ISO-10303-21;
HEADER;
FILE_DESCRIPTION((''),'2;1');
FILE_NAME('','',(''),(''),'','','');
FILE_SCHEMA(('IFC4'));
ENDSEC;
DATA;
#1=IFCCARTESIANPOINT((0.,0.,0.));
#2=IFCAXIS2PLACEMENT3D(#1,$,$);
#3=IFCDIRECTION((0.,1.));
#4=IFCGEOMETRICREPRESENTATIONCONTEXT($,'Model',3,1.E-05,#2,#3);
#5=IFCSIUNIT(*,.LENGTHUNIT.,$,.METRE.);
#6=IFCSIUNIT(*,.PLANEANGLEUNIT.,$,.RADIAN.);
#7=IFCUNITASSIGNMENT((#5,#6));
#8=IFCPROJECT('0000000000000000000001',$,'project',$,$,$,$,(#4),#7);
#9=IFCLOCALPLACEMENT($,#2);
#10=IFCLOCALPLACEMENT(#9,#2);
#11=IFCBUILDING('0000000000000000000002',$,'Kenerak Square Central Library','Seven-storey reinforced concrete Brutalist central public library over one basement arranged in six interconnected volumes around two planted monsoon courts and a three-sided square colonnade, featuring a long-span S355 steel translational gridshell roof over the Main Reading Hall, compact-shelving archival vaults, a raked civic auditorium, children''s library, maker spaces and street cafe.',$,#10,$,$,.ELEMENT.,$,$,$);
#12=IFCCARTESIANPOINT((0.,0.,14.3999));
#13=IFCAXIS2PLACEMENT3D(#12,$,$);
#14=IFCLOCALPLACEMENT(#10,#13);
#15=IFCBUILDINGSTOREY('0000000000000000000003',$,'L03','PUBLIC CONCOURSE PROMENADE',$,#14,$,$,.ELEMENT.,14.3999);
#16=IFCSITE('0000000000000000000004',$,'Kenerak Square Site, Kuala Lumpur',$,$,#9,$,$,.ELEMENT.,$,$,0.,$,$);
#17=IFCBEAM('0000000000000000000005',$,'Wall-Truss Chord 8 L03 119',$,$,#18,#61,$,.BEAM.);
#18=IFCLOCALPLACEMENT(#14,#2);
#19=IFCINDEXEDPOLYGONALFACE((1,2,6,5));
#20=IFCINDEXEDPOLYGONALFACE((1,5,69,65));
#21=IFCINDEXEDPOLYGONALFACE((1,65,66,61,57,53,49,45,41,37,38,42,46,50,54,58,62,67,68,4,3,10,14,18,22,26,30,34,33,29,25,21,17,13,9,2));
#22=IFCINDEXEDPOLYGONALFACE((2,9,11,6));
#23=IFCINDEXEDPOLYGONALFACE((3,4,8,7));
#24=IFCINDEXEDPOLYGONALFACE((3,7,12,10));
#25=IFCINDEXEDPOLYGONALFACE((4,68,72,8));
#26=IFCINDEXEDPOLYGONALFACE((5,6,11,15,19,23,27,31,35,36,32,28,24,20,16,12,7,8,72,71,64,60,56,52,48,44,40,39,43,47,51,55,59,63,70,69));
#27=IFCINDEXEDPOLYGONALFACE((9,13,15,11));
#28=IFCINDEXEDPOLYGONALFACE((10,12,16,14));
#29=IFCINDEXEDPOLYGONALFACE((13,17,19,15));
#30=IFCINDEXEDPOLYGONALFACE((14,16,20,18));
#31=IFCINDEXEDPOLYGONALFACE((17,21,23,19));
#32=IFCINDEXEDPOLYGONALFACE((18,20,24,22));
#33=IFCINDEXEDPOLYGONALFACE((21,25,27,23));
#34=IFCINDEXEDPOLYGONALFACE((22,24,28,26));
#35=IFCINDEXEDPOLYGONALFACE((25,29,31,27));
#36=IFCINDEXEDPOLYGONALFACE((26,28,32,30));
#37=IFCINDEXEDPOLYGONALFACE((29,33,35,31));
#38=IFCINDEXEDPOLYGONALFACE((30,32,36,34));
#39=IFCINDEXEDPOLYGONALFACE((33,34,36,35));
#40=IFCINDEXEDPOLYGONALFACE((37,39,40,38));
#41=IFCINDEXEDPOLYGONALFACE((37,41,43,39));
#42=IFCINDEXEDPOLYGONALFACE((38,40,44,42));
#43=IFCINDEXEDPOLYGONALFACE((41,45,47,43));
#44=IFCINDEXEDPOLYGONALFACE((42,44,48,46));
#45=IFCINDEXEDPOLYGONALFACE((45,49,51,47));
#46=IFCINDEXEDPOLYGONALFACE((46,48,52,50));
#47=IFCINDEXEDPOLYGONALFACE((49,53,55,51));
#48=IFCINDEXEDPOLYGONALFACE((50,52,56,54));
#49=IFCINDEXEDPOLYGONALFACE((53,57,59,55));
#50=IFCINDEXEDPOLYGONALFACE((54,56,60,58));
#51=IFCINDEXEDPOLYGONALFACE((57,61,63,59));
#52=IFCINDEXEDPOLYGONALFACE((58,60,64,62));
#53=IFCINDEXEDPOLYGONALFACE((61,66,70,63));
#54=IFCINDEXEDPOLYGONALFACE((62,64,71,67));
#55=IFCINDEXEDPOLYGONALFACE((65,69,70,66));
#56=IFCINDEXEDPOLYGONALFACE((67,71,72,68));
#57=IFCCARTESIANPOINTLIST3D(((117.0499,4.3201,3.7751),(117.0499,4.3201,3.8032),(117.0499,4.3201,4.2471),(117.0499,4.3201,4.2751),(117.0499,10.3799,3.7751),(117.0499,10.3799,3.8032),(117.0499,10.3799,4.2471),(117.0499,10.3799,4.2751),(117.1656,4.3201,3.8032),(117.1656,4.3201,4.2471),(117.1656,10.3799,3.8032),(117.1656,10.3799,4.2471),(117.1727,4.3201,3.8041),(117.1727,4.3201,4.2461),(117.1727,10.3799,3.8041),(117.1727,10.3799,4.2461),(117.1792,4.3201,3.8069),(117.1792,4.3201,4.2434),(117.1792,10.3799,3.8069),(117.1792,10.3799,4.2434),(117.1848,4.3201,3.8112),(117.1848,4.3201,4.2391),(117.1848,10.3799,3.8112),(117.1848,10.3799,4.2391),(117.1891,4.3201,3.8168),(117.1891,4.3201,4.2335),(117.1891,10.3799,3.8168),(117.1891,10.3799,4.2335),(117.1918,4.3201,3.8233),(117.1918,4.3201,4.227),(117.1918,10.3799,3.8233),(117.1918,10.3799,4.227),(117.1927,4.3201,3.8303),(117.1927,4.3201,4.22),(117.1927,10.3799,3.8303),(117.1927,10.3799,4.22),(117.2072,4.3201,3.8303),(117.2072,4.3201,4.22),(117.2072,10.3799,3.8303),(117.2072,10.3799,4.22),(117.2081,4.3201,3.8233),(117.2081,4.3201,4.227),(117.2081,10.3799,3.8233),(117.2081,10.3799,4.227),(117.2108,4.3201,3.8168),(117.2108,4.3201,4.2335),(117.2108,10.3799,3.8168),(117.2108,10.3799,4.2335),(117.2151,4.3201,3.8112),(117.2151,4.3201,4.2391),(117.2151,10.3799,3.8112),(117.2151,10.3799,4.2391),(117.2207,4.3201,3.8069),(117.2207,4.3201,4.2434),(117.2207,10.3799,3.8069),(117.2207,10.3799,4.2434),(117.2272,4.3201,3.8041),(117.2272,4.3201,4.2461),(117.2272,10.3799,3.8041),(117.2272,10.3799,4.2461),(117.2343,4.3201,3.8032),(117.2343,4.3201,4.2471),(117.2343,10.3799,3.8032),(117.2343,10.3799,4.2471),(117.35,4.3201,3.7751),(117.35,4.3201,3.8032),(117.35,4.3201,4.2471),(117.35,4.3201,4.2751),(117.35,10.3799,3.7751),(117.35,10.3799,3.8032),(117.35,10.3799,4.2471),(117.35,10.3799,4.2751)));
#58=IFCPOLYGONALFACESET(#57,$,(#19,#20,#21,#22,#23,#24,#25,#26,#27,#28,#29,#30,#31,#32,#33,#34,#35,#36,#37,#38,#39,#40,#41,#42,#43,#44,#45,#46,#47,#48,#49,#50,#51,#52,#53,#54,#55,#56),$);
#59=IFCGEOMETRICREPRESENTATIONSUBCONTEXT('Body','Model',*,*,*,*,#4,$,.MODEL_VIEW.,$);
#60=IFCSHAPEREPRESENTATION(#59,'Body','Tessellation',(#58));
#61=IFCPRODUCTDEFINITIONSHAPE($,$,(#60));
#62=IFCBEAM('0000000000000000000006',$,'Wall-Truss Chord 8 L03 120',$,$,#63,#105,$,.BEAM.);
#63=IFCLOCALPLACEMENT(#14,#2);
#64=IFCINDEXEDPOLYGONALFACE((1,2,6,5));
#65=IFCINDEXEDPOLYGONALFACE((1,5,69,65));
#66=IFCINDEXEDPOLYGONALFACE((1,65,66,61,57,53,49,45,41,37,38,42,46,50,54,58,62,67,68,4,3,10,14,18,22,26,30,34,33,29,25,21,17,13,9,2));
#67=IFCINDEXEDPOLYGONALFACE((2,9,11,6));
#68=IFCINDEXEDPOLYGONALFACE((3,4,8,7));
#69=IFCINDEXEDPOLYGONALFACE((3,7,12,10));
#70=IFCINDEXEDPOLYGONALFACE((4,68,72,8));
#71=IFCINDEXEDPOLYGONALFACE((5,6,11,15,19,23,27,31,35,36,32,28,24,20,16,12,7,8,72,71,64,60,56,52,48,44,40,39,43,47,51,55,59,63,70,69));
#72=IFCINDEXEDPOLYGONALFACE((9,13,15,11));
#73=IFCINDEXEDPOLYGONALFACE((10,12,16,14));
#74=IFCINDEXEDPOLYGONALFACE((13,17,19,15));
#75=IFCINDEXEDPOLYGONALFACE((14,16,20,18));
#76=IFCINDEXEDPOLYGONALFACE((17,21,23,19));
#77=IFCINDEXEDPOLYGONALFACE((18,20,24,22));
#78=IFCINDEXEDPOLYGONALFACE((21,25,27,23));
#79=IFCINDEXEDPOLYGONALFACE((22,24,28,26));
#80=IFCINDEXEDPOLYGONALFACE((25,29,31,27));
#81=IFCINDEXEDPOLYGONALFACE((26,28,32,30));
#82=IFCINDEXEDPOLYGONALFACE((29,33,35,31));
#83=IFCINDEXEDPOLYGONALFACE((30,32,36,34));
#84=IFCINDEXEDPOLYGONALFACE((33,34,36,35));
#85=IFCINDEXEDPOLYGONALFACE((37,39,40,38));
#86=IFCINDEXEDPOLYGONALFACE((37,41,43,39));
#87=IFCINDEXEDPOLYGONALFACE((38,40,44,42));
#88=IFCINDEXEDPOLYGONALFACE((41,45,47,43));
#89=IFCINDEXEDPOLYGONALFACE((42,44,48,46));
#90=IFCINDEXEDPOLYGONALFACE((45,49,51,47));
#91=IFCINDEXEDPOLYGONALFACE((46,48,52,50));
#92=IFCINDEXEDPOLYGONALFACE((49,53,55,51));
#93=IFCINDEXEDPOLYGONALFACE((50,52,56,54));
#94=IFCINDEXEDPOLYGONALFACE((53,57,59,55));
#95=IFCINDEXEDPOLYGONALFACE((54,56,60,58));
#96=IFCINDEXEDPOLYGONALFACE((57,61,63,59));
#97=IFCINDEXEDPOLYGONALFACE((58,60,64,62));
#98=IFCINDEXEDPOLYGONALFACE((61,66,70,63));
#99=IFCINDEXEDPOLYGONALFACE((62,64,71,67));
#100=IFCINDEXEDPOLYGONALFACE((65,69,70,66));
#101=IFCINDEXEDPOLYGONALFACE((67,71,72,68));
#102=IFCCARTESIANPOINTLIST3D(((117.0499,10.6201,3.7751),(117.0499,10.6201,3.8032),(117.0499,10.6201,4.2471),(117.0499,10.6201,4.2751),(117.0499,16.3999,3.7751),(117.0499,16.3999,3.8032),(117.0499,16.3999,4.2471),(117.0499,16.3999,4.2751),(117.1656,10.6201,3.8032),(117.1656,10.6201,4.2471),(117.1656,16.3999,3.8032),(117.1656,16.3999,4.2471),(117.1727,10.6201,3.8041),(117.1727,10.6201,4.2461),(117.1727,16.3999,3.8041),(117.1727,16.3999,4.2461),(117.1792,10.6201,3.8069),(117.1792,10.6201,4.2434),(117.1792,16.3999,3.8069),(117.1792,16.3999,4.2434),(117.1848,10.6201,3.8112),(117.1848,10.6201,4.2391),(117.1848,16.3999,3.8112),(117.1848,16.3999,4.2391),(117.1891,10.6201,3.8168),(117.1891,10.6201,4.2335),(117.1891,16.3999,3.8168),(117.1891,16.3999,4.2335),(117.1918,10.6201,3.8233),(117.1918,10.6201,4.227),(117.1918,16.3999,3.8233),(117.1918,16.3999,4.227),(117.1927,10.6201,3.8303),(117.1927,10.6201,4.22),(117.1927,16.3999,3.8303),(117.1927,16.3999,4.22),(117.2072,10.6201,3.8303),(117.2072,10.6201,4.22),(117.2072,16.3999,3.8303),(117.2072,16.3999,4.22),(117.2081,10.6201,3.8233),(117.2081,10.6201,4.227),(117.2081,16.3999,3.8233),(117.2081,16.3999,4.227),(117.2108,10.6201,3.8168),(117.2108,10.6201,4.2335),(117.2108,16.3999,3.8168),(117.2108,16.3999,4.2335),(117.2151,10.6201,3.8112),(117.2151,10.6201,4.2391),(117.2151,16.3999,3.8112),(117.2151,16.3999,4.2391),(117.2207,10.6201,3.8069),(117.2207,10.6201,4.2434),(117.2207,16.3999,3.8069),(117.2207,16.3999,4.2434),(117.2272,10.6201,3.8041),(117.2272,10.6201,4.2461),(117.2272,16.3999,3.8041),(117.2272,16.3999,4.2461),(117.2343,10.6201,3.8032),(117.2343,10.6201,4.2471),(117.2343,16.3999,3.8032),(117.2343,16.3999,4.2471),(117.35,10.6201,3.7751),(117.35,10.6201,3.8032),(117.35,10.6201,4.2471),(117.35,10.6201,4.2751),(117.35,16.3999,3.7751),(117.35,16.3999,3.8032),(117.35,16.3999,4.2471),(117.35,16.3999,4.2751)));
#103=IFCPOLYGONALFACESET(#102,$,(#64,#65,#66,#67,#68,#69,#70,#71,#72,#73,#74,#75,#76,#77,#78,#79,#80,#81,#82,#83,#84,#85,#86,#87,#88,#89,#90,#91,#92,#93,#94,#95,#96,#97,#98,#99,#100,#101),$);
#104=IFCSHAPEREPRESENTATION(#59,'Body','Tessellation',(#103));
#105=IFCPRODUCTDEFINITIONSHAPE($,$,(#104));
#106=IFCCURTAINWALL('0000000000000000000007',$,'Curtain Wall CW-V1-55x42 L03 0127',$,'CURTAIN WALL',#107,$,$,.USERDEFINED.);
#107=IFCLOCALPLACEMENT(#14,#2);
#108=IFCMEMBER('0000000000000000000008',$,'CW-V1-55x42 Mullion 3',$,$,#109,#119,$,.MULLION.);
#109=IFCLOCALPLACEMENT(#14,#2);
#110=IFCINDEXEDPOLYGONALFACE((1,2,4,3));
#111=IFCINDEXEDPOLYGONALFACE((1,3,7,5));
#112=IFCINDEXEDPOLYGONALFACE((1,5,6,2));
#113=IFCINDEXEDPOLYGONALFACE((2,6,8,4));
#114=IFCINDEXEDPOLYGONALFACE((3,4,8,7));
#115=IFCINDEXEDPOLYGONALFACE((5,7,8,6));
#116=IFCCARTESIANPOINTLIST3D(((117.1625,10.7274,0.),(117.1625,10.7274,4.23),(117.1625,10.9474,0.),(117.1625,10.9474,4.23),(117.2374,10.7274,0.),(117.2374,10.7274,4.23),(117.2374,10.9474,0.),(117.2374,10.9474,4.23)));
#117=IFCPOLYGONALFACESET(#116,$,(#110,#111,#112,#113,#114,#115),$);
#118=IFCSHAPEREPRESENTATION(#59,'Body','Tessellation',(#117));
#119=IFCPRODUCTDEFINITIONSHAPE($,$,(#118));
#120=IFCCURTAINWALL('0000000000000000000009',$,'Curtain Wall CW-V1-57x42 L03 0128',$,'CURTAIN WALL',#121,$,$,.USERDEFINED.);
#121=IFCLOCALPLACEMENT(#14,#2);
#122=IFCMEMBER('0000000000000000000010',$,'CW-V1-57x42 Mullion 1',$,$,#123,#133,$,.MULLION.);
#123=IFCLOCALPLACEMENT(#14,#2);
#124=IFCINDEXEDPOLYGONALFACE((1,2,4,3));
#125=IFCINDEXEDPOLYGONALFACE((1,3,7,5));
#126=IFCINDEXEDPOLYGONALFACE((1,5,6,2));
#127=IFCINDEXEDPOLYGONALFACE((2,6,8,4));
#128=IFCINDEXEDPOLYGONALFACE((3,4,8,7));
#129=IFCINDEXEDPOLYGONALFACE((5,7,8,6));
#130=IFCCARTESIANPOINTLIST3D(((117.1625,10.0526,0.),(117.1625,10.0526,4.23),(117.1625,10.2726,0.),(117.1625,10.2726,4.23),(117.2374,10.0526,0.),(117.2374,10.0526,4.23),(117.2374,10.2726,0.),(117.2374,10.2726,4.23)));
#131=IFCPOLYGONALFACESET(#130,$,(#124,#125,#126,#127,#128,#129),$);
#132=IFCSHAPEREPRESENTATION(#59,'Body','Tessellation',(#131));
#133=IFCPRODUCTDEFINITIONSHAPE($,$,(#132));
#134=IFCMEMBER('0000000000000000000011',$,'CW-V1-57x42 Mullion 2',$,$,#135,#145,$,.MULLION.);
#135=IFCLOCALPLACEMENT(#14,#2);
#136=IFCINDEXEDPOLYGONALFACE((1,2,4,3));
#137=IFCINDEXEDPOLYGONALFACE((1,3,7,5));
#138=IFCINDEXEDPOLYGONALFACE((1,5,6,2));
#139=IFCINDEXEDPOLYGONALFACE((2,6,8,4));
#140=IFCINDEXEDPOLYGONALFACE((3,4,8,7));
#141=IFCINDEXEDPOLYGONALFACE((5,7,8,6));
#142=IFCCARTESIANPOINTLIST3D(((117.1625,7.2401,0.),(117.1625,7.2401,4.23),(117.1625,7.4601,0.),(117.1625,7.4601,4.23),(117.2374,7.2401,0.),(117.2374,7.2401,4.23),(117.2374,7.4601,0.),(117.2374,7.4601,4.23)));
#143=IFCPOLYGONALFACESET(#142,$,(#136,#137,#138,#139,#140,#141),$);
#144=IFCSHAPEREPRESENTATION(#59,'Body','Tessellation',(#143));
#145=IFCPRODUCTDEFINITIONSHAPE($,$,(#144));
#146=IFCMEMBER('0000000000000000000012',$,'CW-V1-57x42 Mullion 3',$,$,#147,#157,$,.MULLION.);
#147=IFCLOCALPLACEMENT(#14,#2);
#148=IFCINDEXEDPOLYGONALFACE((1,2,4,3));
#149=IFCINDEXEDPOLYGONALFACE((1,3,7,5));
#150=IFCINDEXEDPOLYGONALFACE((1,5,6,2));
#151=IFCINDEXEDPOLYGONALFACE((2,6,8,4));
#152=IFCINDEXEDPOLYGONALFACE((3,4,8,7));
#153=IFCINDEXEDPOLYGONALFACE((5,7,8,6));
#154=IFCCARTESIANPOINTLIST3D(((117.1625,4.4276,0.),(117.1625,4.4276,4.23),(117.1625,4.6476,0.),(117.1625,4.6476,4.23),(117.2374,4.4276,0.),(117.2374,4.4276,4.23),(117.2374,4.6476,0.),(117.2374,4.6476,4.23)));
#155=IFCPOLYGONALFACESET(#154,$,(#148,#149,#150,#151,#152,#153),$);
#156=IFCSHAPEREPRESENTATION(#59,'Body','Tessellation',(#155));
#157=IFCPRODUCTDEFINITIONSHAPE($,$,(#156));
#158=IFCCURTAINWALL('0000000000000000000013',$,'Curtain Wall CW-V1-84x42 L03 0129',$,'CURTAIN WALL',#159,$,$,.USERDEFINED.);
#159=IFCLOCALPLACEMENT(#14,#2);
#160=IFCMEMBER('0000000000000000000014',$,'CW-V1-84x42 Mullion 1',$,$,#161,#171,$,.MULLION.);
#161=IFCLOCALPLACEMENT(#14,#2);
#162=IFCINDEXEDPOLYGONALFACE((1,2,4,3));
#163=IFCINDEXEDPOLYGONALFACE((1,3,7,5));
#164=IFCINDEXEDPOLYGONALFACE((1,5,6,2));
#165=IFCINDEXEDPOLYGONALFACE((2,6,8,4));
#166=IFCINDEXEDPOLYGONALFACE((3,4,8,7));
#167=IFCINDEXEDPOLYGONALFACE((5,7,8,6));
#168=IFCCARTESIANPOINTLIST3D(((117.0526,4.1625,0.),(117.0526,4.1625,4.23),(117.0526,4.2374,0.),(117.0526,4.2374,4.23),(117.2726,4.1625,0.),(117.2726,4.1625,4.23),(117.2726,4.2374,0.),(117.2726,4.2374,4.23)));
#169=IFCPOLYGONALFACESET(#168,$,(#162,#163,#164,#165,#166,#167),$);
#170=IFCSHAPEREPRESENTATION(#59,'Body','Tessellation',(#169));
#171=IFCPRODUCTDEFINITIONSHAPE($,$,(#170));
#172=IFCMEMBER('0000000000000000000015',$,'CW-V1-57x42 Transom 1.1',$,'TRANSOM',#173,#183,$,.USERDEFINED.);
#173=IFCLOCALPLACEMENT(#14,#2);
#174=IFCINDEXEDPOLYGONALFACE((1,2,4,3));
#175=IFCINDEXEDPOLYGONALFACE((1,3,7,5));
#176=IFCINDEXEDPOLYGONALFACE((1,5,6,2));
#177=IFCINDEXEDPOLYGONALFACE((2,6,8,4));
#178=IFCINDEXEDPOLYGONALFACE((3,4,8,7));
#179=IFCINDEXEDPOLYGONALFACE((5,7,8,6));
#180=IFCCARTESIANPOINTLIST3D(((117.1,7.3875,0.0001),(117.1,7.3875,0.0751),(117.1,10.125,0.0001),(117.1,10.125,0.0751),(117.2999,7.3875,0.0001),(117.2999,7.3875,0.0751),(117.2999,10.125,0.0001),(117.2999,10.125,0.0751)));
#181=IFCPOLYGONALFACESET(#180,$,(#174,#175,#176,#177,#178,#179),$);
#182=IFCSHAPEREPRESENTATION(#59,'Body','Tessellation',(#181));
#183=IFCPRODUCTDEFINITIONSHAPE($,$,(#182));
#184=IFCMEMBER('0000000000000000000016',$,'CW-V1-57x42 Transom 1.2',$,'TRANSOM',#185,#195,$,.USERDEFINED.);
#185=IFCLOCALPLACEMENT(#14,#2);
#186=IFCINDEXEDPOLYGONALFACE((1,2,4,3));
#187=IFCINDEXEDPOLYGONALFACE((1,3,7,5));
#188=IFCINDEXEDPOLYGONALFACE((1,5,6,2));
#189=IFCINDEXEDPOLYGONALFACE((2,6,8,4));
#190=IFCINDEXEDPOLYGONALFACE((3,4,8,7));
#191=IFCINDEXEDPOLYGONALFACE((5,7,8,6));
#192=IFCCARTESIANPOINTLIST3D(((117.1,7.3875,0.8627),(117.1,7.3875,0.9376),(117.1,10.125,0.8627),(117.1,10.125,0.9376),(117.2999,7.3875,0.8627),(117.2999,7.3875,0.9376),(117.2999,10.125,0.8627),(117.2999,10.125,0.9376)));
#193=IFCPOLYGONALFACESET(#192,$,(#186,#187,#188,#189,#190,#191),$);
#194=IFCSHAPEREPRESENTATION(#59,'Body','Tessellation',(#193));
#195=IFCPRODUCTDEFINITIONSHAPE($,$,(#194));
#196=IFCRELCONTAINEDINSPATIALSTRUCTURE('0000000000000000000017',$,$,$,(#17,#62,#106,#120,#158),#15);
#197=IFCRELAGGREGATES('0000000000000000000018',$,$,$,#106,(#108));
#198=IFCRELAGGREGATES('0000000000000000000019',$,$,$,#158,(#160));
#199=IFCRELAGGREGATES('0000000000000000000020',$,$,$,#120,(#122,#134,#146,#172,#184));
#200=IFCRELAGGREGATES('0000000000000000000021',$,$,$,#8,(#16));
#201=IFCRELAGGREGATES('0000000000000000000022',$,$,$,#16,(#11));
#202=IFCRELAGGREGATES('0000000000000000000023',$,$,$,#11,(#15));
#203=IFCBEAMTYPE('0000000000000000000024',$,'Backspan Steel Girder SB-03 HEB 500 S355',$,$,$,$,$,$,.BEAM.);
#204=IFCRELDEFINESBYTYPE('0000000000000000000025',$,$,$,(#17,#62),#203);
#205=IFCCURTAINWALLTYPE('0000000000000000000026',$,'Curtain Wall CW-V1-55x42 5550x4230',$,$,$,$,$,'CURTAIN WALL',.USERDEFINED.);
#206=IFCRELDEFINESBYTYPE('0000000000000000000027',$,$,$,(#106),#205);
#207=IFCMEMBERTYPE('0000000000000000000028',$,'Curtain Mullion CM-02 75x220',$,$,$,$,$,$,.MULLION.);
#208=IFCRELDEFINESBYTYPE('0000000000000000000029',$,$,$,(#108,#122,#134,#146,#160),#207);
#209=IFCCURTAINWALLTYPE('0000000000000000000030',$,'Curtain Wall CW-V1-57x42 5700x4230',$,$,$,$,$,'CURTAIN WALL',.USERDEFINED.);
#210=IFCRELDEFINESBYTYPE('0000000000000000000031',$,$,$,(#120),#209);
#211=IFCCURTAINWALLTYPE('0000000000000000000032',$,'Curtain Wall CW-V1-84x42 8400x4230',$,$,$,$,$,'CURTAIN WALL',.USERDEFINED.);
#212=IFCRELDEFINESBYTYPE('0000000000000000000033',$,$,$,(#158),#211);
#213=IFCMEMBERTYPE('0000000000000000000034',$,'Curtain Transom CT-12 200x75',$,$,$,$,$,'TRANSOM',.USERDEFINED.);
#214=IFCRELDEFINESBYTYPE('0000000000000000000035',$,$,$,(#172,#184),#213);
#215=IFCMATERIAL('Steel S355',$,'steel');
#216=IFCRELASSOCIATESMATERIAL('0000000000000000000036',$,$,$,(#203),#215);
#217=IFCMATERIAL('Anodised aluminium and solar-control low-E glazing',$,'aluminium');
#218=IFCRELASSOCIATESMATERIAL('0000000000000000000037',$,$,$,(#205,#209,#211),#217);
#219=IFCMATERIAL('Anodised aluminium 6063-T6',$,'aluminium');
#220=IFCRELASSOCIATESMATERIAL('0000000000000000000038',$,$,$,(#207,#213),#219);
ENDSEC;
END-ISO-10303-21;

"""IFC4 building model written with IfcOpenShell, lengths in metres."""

from ifc_helpers import new_model, si_unit, direction, frame, origin, origin_2d, place, context, subcontext, project, spatial, rectangle, i_section, extrude, material, material_profile, profile_set, type_object, element, aggregate, save


model = new_model("IFC4")

# Units and contexts
model_context = context("Model", 3, precision=1e-05, world=origin(), true_north=direction((0.0, 1.0)))
body_context = subcontext(model_context, "Body", "Model", "MODEL_VIEW")
ifc_project = project(units=[si_unit("LENGTHUNIT", "METRE"), si_unit("PLANEANGLEUNIT", "RADIAN")], contexts=[model_context])

# Site, building, storey
site_placement = place(None, origin())
site = spatial("IfcSite", under=ifc_project, at=site_placement, Name="Kenerak Square Site, Kuala Lumpur", CompositionType="ELEMENT", RefElevation=0.0)
building_placement = place(site_placement, origin())
building = spatial("IfcBuilding", under=site, at=building_placement, Name="Kenerak Square Central Library", Description="Seven-storey reinforced concrete Brutalist central public library over one basement arranged in six interconnected volumes around two planted monsoon courts and a three-sided square colonnade, featuring a long-span S355 steel translational gridshell roof over the Main Reading Hall, compact-shelving archival vaults, a raked civic auditorium, children's library, maker spaces and street cafe.", CompositionType="ELEMENT")
storey_placement = place(building_placement, frame((0.0, 0.0, 14.3999)))
storey = spatial("IfcBuildingStorey", under=building, at=storey_placement, Name="L03", Description="PUBLIC CONCOURSE PROMENADE", CompositionType="ELEMENT", Elevation=14.3999)

# Beams
ifc_material_1 = material(Name="Steel S355", Category="steel")
ifc_material_profile_1 = material_profile(ifc_material_1, i_section(OverallWidth=0.3, OverallDepth=0.5, WebThickness=0.0144, FlangeThickness=0.0281, FilletRadius=0.0271, at=origin_2d()), Name="HEB 500")
ifc_profile_set_1 = profile_set([ifc_material_profile_1], Name="Steel S355")
beam_type = type_object("IfcBeamType", Name="Backspan Steel Girder SB-03 HEB 500 S355", PredefinedType="BEAM", material=ifc_profile_set_1)
beam_1_placement = place(storey_placement, frame((117.2, 4.3201, 4.0251), z_axis=(0.0, 1.0, 0.0), x_axis=(-1.0, 0.0, 0.0)))
element("IfcBeam", 1, at=beam_1_placement, inside=storey, type_object=beam_type, Name="Wall-Truss Chord 8 L03 119", PredefinedType="BEAM", context=body_context, shape_type="SweptSolid", body=[
    extrude(i_section(OverallWidth=0.3, OverallDepth=0.5, WebThickness=0.0144, FlangeThickness=0.0281, FilletRadius=0.0271, at=origin_2d()), origin(), (0.0, 0.0, 1.0), 6.0598),
])
beam_2_placement = place(storey_placement, frame((117.2, 10.6201, 4.0251), z_axis=(0.0, 1.0, 0.0), x_axis=(-1.0, 0.0, 0.0)))
element("IfcBeam", 2, at=beam_2_placement, inside=storey, type_object=beam_type, Name="Wall-Truss Chord 8 L03 120", PredefinedType="BEAM", context=body_context, shape_type="SweptSolid", body=[
    extrude(i_section(OverallWidth=0.3, OverallDepth=0.5, WebThickness=0.0144, FlangeThickness=0.0281, FilletRadius=0.0271, at=origin_2d()), origin(), (0.0, 0.0, 1.0), 5.7798),
])

# Curtain wall, member
ifc_material_2 = material(Name="Anodised aluminium and solar-control low-E glazing", Category="aluminium")
curtain_wall_type_1 = type_object("IfcCurtainWallType", Name="Curtain Wall CW-V1-55x42 5550x4230", ElementType="CURTAIN WALL", PredefinedType="USERDEFINED", material=ifc_material_2)
curtain_wall_1_placement = place(storey_placement, origin())
curtain_wall_1 = element("IfcCurtainWall", 3, at=curtain_wall_1_placement, inside=storey, type_object=curtain_wall_type_1, Name="Curtain Wall CW-V1-55x42 L03 0127", ObjectType="CURTAIN WALL", PredefinedType="USERDEFINED")
ifc_material_3 = material(Name="Anodised aluminium 6063-T6", Category="aluminium")
ifc_material_profile_2 = material_profile(ifc_material_3, rectangle(XDim=0.075, YDim=0.22, at=origin_2d()), Name="AL MULLION 75x220")
ifc_profile_set_2 = profile_set([ifc_material_profile_2], Name="Anodised aluminium 6063-T6")
member_type_1 = type_object("IfcMemberType", Name="Curtain Mullion CM-02 75x220", PredefinedType="MULLION", material=ifc_profile_set_2)
member_1_placement = place(storey_placement, frame((117.2, 10.8374, 0.0), z_axis=(0.0, 0.0, 1.0), x_axis=(1.0, 0.0, 0.0)))
member_1 = element("IfcMember", 4, at=member_1_placement, type_object=member_type_1, Name="CW-V1-55x42 Mullion 3", PredefinedType="MULLION", context=body_context, shape_type="SweptSolid", body=[
    extrude(rectangle(XDim=0.075, YDim=0.22, at=origin_2d()), origin(), (0.0, 0.0, 1.0), 4.23),
])
aggregate(curtain_wall_1, [member_1])

# Curtain wall, members
curtain_wall_type_2 = type_object("IfcCurtainWallType", Name="Curtain Wall CW-V1-57x42 5700x4230", ElementType="CURTAIN WALL", PredefinedType="USERDEFINED", material=ifc_material_2)
curtain_wall_2_placement = place(storey_placement, origin())
curtain_wall_2 = element("IfcCurtainWall", 5, at=curtain_wall_2_placement, inside=storey, type_object=curtain_wall_type_2, Name="Curtain Wall CW-V1-57x42 L03 0128", ObjectType="CURTAIN WALL", PredefinedType="USERDEFINED")
member_2_placement = place(storey_placement, frame((117.2, 10.1626, 0.0), z_axis=(0.0, 0.0, 1.0), x_axis=(1.0, 0.0, 0.0)))
member_2 = element("IfcMember", 6, at=member_2_placement, type_object=member_type_1, Name="CW-V1-57x42 Mullion 1", PredefinedType="MULLION", context=body_context, shape_type="SweptSolid", body=[
    extrude(rectangle(XDim=0.075, YDim=0.22, at=origin_2d()), origin(), (0.0, 0.0, 1.0), 4.23),
])
member_3_placement = place(storey_placement, frame((117.2, 7.3501, 0.0), z_axis=(0.0, 0.0, 1.0), x_axis=(1.0, 0.0, 0.0)))
member_3 = element("IfcMember", 7, at=member_3_placement, type_object=member_type_1, Name="CW-V1-57x42 Mullion 2", PredefinedType="MULLION", context=body_context, shape_type="SweptSolid", body=[
    extrude(rectangle(XDim=0.075, YDim=0.22, at=origin_2d()), origin(), (0.0, 0.0, 1.0), 4.23),
])
member_4_placement = place(storey_placement, frame((117.2, 4.5376, 0.0), z_axis=(0.0, 0.0, 1.0), x_axis=(1.0, 0.0, 0.0)))
member_4 = element("IfcMember", 8, at=member_4_placement, type_object=member_type_1, Name="CW-V1-57x42 Mullion 3", PredefinedType="MULLION", context=body_context, shape_type="SweptSolid", body=[
    extrude(rectangle(XDim=0.075, YDim=0.22, at=origin_2d()), origin(), (0.0, 0.0, 1.0), 4.23),
])

# Curtain wall, member
curtain_wall_type_3 = type_object("IfcCurtainWallType", Name="Curtain Wall CW-V1-84x42 8400x4230", ElementType="CURTAIN WALL", PredefinedType="USERDEFINED", material=ifc_material_2)
curtain_wall_3_placement = place(storey_placement, origin())
curtain_wall_3 = element("IfcCurtainWall", 9, at=curtain_wall_3_placement, inside=storey, type_object=curtain_wall_type_3, Name="Curtain Wall CW-V1-84x42 L03 0129", ObjectType="CURTAIN WALL", PredefinedType="USERDEFINED")
member_5_placement = place(storey_placement, frame((117.1626, 4.2, 0.0), z_axis=(0.0, 0.0, 1.0), x_axis=(0.0, -1.0, 0.0)))
member_5 = element("IfcMember", 10, at=member_5_placement, type_object=member_type_1, Name="CW-V1-84x42 Mullion 1", PredefinedType="MULLION", context=body_context, shape_type="SweptSolid", body=[
    extrude(rectangle(XDim=0.075, YDim=0.22, at=origin_2d()), origin(), (0.0, 0.0, 1.0), 4.23),
])
aggregate(curtain_wall_3, [member_5])

# Members
ifc_material_profile_3 = material_profile(ifc_material_3, rectangle(XDim=0.2, YDim=0.075, at=origin_2d()), Name="AL TRANSOM 200x75")
ifc_profile_set_3 = profile_set([ifc_material_profile_3], Name="Anodised aluminium 6063-T6")
member_type_2 = type_object("IfcMemberType", Name="Curtain Transom CT-12 200x75", ElementType="TRANSOM", PredefinedType="USERDEFINED", material=ifc_profile_set_3)
member_6_placement = place(storey_placement, frame((117.2, 10.125, 0.0376), z_axis=(0.0, -1.0, 0.0), x_axis=(1.0, 0.0, 0.0)))
member_6 = element("IfcMember", 11, at=member_6_placement, type_object=member_type_2, Name="CW-V1-57x42 Transom 1.1", ObjectType="TRANSOM", PredefinedType="USERDEFINED", context=body_context, shape_type="SweptSolid", body=[
    extrude(rectangle(XDim=0.2, YDim=0.075, at=origin_2d()), origin(), (0.0, 0.0, 1.0), 2.7375),
])
member_7_placement = place(storey_placement, frame((117.2, 10.125, 0.9001), z_axis=(0.0, -1.0, 0.0), x_axis=(1.0, 0.0, 0.0)))
member_7 = element("IfcMember", 12, at=member_7_placement, type_object=member_type_2, Name="CW-V1-57x42 Transom 1.2", ObjectType="TRANSOM", PredefinedType="USERDEFINED", context=body_context, shape_type="SweptSolid", body=[
    extrude(rectangle(XDim=0.2, YDim=0.075, at=origin_2d()), origin(), (0.0, 0.0, 1.0), 2.7375),
])

aggregate(curtain_wall_2, [member_2, member_3, member_4, member_6, member_7])

save(model, "model.ifc")
